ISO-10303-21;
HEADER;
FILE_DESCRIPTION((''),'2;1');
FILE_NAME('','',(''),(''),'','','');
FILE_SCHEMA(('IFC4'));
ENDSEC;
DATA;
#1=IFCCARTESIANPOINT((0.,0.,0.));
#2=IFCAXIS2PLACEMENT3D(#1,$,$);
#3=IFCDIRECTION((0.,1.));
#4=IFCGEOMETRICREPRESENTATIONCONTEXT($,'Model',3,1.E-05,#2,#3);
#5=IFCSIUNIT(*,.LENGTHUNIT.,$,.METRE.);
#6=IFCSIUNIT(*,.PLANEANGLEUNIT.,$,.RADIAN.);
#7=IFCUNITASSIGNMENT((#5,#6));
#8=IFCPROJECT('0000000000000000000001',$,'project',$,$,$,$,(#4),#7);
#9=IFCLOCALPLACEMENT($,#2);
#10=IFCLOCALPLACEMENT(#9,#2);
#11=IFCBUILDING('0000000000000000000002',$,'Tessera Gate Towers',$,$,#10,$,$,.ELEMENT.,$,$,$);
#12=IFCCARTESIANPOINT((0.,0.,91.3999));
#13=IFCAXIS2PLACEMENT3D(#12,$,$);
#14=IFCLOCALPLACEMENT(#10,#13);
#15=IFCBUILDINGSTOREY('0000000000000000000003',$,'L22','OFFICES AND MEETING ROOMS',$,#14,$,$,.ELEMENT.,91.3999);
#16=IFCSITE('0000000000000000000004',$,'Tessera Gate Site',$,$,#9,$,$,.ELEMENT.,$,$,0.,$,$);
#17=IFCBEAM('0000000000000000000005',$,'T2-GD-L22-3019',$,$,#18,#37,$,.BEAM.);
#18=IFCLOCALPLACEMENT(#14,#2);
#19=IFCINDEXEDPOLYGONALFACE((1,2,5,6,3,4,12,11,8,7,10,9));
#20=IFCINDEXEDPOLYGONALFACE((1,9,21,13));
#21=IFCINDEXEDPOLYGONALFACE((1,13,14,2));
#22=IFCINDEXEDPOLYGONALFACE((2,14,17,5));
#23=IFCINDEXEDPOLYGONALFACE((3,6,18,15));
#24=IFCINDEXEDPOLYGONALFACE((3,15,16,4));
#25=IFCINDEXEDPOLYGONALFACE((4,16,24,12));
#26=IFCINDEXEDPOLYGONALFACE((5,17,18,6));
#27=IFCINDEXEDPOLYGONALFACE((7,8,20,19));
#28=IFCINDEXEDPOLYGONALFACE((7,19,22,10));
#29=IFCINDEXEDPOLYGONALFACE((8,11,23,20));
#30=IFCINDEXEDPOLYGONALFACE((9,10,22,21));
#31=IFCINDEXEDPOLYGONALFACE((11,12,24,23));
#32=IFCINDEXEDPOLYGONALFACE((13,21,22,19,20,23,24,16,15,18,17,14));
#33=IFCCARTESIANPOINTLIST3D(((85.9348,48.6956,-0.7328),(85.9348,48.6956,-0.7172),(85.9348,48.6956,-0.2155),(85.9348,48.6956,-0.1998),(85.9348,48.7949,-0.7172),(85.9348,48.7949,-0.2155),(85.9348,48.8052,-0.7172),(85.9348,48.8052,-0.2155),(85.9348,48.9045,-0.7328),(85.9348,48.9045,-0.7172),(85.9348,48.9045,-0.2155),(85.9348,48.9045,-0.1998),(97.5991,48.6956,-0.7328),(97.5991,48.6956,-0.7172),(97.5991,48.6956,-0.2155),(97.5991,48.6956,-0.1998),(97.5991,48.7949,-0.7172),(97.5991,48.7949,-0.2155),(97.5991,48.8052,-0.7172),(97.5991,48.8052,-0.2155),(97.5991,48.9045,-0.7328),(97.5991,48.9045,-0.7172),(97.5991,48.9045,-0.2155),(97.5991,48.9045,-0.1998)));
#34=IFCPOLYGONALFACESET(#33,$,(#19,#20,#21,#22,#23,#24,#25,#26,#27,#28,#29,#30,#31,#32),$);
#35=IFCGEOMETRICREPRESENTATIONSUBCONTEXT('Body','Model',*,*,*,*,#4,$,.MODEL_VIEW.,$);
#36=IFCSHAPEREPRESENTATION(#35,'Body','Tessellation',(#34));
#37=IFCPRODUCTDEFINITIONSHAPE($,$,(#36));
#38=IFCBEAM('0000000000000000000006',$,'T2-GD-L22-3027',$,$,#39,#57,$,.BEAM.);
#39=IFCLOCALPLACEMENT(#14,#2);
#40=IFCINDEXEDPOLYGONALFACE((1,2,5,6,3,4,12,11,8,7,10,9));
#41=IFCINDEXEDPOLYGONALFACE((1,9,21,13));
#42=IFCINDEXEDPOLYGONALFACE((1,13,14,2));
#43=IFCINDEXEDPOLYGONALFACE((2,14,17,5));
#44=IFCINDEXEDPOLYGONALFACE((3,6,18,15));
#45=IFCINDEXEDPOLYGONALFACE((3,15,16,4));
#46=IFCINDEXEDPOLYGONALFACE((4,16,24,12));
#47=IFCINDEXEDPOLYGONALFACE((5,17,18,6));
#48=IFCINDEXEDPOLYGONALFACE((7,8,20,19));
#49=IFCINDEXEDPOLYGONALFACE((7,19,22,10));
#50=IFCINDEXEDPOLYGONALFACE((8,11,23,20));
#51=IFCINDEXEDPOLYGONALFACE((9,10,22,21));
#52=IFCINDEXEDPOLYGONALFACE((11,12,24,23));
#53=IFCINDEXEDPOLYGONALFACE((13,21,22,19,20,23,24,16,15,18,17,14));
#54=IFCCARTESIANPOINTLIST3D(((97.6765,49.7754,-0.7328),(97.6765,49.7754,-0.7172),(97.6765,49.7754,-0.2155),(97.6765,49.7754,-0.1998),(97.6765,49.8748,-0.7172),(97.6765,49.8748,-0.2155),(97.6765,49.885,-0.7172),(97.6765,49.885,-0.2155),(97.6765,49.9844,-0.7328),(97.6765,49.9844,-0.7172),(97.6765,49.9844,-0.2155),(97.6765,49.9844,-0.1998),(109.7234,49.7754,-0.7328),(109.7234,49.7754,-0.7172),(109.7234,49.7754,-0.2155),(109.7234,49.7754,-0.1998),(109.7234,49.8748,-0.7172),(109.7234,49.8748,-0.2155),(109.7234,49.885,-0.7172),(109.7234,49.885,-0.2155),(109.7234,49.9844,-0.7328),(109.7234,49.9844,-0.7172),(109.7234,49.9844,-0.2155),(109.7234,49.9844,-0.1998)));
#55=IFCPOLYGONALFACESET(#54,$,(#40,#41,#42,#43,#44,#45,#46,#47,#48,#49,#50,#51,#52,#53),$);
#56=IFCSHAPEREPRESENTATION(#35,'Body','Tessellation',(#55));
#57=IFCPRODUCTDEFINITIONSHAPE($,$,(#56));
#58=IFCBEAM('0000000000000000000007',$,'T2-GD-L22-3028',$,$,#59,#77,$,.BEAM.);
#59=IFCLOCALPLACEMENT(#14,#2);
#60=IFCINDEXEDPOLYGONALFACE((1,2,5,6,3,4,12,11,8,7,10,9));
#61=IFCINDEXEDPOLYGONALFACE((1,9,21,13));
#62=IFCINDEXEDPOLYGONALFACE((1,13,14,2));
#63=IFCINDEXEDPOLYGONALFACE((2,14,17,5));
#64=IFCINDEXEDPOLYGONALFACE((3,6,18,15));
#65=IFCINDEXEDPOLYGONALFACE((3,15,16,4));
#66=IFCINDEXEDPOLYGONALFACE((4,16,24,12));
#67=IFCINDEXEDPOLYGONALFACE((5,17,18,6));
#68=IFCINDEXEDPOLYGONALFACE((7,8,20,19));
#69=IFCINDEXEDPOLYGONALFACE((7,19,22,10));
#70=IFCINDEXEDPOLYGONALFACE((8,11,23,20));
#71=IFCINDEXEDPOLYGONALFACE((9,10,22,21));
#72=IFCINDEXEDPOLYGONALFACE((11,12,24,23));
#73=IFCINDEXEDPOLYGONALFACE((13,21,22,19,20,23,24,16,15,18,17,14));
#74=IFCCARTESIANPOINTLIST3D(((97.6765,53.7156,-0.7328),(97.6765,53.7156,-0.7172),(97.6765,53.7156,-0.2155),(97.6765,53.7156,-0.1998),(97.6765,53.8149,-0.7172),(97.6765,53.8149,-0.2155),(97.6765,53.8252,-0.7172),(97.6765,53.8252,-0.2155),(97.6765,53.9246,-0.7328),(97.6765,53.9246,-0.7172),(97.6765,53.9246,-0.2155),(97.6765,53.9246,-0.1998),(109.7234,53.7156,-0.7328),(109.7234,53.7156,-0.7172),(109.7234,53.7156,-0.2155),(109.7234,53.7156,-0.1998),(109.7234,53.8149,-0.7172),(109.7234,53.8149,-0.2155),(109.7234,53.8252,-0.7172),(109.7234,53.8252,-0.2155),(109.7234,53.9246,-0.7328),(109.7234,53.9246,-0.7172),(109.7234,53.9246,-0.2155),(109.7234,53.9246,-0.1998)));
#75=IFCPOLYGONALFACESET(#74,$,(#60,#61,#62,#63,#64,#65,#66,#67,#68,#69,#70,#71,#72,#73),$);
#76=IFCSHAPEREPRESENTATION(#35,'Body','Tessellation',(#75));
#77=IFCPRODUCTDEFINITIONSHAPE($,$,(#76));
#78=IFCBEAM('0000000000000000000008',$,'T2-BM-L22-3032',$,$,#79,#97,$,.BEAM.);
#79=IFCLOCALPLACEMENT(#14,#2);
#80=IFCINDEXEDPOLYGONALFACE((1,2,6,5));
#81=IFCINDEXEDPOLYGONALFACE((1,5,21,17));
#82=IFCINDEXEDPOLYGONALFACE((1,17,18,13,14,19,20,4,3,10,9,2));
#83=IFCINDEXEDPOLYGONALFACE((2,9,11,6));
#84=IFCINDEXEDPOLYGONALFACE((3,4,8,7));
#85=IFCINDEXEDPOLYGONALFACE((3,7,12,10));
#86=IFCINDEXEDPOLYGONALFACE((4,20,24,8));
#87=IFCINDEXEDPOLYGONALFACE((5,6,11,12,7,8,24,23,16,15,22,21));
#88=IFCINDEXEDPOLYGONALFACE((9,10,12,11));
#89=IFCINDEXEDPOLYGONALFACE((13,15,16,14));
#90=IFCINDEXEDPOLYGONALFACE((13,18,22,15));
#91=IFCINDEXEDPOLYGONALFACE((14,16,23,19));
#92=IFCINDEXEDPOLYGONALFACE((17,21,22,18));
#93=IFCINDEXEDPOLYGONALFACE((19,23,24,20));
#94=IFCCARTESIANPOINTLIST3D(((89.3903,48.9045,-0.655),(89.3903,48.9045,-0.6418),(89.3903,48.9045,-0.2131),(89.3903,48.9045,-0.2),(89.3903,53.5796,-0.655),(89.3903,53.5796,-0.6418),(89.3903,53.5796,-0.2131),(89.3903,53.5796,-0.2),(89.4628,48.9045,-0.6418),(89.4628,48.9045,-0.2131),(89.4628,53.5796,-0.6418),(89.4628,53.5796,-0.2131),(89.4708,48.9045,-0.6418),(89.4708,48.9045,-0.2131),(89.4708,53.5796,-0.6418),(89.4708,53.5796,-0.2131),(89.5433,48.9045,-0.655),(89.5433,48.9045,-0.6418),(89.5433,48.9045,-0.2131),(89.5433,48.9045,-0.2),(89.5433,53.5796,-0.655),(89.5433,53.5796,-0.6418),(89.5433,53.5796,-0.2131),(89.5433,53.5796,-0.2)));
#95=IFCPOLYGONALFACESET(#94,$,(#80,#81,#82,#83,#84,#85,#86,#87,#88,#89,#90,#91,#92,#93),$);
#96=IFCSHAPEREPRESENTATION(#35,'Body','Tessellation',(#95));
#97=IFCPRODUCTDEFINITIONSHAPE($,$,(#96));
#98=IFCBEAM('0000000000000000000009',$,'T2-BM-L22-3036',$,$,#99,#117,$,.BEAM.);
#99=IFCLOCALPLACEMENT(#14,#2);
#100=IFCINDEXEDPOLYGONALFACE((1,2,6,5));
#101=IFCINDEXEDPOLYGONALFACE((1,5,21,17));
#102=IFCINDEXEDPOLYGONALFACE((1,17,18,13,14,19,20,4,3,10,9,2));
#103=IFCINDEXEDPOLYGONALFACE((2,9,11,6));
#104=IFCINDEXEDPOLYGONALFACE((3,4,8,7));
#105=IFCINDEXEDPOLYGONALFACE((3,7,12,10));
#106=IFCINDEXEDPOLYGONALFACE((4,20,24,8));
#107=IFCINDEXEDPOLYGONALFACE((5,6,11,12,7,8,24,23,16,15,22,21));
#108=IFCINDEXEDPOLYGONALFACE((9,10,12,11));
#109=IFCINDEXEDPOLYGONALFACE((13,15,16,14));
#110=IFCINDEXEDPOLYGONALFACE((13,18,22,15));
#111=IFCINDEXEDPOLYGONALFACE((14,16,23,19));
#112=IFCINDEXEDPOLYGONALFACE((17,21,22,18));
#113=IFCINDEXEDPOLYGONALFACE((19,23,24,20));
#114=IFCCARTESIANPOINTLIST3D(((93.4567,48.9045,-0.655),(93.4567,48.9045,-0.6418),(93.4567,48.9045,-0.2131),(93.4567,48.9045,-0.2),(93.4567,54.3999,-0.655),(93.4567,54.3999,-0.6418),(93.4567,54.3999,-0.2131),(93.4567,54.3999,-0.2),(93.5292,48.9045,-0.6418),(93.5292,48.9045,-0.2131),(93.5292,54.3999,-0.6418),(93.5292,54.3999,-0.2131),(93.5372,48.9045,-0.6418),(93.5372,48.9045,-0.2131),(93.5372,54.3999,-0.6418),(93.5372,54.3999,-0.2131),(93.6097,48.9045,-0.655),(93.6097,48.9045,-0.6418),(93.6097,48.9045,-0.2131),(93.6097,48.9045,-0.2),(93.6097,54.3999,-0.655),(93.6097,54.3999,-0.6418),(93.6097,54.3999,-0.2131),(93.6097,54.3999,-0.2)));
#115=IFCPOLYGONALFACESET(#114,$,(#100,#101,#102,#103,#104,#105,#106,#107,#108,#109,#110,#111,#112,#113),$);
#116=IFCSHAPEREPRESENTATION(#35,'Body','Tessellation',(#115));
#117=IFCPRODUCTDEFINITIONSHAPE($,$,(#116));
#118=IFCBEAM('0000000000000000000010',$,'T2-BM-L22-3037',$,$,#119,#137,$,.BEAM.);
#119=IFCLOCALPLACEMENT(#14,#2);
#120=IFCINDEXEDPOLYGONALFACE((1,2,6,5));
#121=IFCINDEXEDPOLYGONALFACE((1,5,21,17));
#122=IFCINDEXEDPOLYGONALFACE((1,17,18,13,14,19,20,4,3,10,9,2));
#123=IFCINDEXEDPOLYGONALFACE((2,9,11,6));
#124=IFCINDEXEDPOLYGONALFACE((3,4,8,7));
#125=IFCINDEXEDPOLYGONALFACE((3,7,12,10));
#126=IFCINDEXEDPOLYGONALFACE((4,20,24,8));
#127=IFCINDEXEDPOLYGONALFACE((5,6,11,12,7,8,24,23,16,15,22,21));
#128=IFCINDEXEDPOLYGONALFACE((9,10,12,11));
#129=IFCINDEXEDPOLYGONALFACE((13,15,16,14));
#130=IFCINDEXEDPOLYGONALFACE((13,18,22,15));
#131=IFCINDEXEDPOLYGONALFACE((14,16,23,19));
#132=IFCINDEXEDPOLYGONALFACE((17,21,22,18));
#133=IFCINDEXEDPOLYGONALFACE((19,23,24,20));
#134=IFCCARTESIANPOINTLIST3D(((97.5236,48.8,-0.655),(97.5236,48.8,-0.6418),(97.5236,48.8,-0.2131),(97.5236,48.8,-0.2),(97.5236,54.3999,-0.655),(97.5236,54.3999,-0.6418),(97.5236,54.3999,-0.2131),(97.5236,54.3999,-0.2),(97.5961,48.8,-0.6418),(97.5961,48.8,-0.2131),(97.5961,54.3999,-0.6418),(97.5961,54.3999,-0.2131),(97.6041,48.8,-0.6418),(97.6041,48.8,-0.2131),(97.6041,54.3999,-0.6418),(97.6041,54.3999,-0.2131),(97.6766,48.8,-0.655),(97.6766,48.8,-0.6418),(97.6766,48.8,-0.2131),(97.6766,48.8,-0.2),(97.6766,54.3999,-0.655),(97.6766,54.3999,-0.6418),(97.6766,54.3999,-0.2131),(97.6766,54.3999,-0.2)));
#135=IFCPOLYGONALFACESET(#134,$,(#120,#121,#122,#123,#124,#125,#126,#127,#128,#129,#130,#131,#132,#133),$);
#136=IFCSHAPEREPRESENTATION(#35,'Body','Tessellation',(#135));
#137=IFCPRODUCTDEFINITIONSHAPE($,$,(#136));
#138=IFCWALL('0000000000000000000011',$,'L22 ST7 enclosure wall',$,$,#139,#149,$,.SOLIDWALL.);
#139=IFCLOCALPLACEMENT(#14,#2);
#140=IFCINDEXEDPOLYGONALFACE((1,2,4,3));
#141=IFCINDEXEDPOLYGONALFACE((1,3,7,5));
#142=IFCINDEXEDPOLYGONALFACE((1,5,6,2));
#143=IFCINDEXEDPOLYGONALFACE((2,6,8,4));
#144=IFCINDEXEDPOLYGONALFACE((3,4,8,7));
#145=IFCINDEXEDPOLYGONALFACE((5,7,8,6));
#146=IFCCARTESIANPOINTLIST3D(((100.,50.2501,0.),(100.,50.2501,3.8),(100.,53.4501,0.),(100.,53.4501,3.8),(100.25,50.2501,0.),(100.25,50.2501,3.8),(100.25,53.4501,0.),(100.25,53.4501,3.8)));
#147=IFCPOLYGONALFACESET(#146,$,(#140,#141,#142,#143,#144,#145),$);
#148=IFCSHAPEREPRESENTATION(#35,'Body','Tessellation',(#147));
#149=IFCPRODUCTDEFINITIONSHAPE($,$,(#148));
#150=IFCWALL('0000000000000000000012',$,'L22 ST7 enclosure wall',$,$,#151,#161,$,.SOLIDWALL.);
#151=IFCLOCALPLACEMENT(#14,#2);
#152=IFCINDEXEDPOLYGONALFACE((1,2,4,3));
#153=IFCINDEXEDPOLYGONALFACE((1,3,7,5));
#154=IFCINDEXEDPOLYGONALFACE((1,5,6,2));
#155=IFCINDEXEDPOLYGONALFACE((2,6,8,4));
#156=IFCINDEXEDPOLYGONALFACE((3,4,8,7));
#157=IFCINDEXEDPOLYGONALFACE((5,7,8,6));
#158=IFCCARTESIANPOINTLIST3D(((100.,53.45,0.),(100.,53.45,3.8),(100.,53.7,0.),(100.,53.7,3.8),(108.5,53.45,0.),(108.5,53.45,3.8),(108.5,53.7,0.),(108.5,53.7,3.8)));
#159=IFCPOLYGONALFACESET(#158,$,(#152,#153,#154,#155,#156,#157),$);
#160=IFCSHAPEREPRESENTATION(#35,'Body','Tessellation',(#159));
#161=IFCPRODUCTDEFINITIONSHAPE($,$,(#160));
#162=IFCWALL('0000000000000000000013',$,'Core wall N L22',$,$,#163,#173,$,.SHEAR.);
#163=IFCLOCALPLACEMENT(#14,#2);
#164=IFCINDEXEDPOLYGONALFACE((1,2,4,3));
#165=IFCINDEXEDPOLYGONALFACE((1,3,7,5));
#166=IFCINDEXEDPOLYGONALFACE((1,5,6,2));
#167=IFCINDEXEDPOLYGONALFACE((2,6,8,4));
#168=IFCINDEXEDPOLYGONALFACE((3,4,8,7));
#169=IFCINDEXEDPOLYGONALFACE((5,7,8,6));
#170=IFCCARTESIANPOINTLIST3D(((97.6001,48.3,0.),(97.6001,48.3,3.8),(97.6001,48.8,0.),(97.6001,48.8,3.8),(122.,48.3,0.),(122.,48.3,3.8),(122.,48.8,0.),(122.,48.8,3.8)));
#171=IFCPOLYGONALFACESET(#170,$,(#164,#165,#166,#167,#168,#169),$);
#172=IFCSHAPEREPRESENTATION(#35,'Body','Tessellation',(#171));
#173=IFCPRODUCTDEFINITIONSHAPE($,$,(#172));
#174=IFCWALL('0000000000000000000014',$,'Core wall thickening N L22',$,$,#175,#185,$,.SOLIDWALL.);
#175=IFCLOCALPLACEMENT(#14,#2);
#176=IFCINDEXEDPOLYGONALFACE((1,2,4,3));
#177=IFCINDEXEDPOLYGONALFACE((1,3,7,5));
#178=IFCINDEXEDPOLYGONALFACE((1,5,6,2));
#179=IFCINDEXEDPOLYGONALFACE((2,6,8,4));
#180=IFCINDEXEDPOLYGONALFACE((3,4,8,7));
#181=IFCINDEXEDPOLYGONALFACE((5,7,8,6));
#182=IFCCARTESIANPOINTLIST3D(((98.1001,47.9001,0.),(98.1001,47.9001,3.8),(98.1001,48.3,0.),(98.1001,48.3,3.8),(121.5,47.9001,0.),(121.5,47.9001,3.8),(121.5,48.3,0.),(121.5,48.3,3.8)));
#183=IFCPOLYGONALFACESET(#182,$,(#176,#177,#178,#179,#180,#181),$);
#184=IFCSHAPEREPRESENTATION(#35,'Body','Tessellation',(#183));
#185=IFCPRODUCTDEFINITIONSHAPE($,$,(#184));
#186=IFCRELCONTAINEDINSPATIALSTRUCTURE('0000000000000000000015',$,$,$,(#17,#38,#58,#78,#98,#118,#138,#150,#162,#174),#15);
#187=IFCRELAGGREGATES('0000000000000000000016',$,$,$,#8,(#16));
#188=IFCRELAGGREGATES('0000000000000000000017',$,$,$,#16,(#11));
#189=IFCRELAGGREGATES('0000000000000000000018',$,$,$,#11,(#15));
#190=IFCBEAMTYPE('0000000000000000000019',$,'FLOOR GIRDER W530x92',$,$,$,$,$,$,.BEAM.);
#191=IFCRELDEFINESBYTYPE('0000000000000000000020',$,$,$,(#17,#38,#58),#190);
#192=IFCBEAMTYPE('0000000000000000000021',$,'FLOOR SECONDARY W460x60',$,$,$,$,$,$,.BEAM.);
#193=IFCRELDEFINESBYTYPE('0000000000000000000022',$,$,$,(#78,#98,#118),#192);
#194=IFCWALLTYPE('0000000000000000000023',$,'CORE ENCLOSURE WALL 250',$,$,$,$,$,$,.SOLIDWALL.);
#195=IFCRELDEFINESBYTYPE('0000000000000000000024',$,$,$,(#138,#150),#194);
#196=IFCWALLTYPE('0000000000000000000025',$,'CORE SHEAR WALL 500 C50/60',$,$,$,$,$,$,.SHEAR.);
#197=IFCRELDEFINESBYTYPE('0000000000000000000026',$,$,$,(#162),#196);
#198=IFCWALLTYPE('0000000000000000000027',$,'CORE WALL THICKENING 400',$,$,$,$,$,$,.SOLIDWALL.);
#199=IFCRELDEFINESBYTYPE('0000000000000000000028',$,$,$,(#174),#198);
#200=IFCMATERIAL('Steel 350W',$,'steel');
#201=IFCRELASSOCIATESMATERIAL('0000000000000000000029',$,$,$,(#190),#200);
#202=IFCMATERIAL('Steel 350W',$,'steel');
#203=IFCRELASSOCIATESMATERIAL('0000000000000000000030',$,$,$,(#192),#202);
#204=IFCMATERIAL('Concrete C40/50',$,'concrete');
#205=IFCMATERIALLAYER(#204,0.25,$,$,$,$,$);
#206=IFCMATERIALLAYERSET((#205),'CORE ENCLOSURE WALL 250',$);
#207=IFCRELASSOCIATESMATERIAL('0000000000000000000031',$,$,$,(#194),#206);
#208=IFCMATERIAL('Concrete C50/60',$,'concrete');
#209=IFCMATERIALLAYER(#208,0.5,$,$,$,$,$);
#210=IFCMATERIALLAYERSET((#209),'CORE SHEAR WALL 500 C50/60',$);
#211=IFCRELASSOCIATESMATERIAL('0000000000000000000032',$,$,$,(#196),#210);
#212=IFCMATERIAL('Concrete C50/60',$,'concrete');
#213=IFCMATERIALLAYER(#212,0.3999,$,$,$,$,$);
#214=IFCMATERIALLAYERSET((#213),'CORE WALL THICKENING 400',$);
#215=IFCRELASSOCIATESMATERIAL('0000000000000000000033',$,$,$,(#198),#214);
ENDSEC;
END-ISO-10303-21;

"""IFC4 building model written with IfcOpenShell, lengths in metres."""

from ifc_helpers import new_model, si_unit, direction, frame, frame_2d, origin, origin_2d, place, context, subcontext, project, spatial, rectangle, i_section, extrude, material, layer, layer_set, material_profile, profile_set, type_object, element, save


model = new_model("IFC4")

# Units and contexts
model_context = context("Model", 3, precision=1e-05, world=origin(), true_north=direction((0.0, 1.0)))
body_context = subcontext(model_context, "Body", "Model", "MODEL_VIEW")
ifc_project = project(units=[si_unit("LENGTHUNIT", "METRE"), si_unit("PLANEANGLEUNIT", "RADIAN")], contexts=[model_context])

# Site, building, storey
site_placement = place(None, origin())
site = spatial("IfcSite", under=ifc_project, at=site_placement, Name="Tessera Gate Site", CompositionType="ELEMENT", RefElevation=0.0)
building_placement = place(site_placement, origin())
building = spatial("IfcBuilding", under=site, at=building_placement, Name="Tessera Gate Towers", CompositionType="ELEMENT")
storey_placement = place(building_placement, frame((0.0, 0.0, 91.3999)))
storey = spatial("IfcBuildingStorey", under=building, at=storey_placement, Name="L22", Description="OFFICES AND MEETING ROOMS", CompositionType="ELEMENT", Elevation=91.3999)

# Beams
ifc_material_1 = material(Name="Steel 350W", Category="steel")
ifc_material_profile_1 = material_profile(ifc_material_1, i_section(OverallWidth=0.209, OverallDepth=0.533, WebThickness=0.0103, FlangeThickness=0.0156, at=origin_2d()), Name="W530x92")
ifc_profile_set_1 = profile_set([ifc_material_profile_1], Name="Steel 350W")
beam_type_1 = type_object("IfcBeamType", Name="FLOOR GIRDER W530x92", PredefinedType="BEAM", material=ifc_profile_set_1)
beam_1_placement = place(storey_placement, frame((85.9348, 48.8, -0.4663), z_axis=(1.0, 0.0, 0.0), x_axis=(0.0, 1.0, 0.0)))
element("IfcBeam", 1, at=beam_1_placement, inside=storey, type_object=beam_type_1, Name="T2-GD-L22-3019", PredefinedType="BEAM", context=body_context, shape_type="SweptSolid", body=[
    extrude(i_section(OverallWidth=0.209, OverallDepth=0.533, WebThickness=0.0103, FlangeThickness=0.0156, at=origin_2d()), origin(), (0.0, 0.0, 1.0), 11.6643),
])
for number, where, z_axis, x_axis, name in (
    (2, (97.6765, 49.8799, -0.4663), (1.0, 0.0, 0.0), (0.0, 1.0, 0.0), "T2-GD-L22-3027"),
    (3, (97.6765, 53.8201, -0.4663), (1.0, 0.0, 0.0), (0.0, 1.0, 0.0), "T2-GD-L22-3028"),
):
    element("IfcBeam", number, at=place(storey_placement, frame(where, z_axis=z_axis, x_axis=x_axis)), inside=storey, type_object=beam_type_1, Name=name, PredefinedType="BEAM", context=body_context, shape_type="SweptSolid", body=[
        extrude(i_section(OverallWidth=0.209, OverallDepth=0.533, WebThickness=0.0103, FlangeThickness=0.0156, at=origin_2d()), origin(), (0.0, 0.0, 1.0), 12.0469),
    ])
ifc_material_2 = material(Name="Steel 350W", Category="steel")
ifc_material_profile_2 = material_profile(ifc_material_2, i_section(OverallWidth=0.1531, OverallDepth=0.4551, WebThickness=0.0081, FlangeThickness=0.0132, at=origin_2d()), Name="W460x60")
ifc_profile_set_2 = profile_set([ifc_material_profile_2], Name="Steel 350W")
beam_type_2 = type_object("IfcBeamType", Name="FLOOR SECONDARY W460x60", PredefinedType="BEAM", material=ifc_profile_set_2)
beam_2_placement = place(storey_placement, frame((89.4668, 48.9045, -0.4275), z_axis=(0.0, 1.0, 0.0), x_axis=(-1.0, 0.0, 0.0)))
element("IfcBeam", 4, at=beam_2_placement, inside=storey, type_object=beam_type_2, Name="T2-BM-L22-3032", PredefinedType="BEAM", context=body_context, shape_type="SweptSolid", body=[
    extrude(i_section(OverallWidth=0.1531, OverallDepth=0.4551, WebThickness=0.0081, FlangeThickness=0.0132, at=origin_2d()), origin(), (0.0, 0.0, 1.0), 4.675),
])
beam_3_placement = place(storey_placement, frame((93.5332, 48.9045, -0.4275), z_axis=(0.0, 1.0, 0.0), x_axis=(-1.0, 0.0, 0.0)))
element("IfcBeam", 5, at=beam_3_placement, inside=storey, type_object=beam_type_2, Name="T2-BM-L22-3036", PredefinedType="BEAM", context=body_context, shape_type="SweptSolid", body=[
    extrude(i_section(OverallWidth=0.1531, OverallDepth=0.4551, WebThickness=0.0081, FlangeThickness=0.0132, at=origin_2d()), origin(), (0.0, 0.0, 1.0), 5.4954),
])
beam_4_placement = place(storey_placement, frame((97.6001, 48.8, -0.4275), z_axis=(0.0, 1.0, 0.0), x_axis=(-1.0, 0.0, 0.0)))
element("IfcBeam", 6, at=beam_4_placement, inside=storey, type_object=beam_type_2, Name="T2-BM-L22-3037", PredefinedType="BEAM", context=body_context, shape_type="SweptSolid", body=[
    extrude(i_section(OverallWidth=0.1531, OverallDepth=0.4551, WebThickness=0.0081, FlangeThickness=0.0132, at=origin_2d()), origin(), (0.0, 0.0, 1.0), 5.5999),
])

# Walls
ifc_material_3 = material(Name="Concrete C40/50", Category="concrete")
ifc_layer_1 = layer(ifc_material_3, 0.25)
ifc_layer_set_1 = layer_set([ifc_layer_1], Name="CORE ENCLOSURE WALL 250")
wall_type_1 = type_object("IfcWallType", Name="CORE ENCLOSURE WALL 250", PredefinedType="SOLIDWALL", material=ifc_layer_set_1)
wall_1_placement = place(storey_placement, frame((100.125, 50.25, 0.0), z_axis=(0.0, 0.0, 1.0), x_axis=(0.0, 1.0, 0.0)))
element("IfcWall", 7, at=wall_1_placement, inside=storey, type_object=wall_type_1, Name="L22 ST7 enclosure wall", PredefinedType="SOLIDWALL", context=body_context, shape_type="SweptSolid", body=[
    extrude(rectangle(XDim=3.2, YDim=0.25, at=frame_2d((1.6001, 0.0))), origin(), (0.0, 0.0, 1.0), 3.8),
])
wall_2_placement = place(storey_placement, frame((100.0, 53.575, 0.0), z_axis=(0.0, 0.0, 1.0), x_axis=(1.0, 0.0, 0.0)))
element("IfcWall", 8, at=wall_2_placement, inside=storey, type_object=wall_type_1, Name="L22 ST7 enclosure wall", PredefinedType="SOLIDWALL", context=body_context, shape_type="SweptSolid", body=[
    extrude(rectangle(XDim=8.5, YDim=0.25, at=frame_2d((4.25, 0.0))), origin(), (0.0, 0.0, 1.0), 3.8),
])
ifc_material_4 = material(Name="Concrete C50/60", Category="concrete")
ifc_layer_2 = layer(ifc_material_4, 0.5)
ifc_layer_set_2 = layer_set([ifc_layer_2], Name="CORE SHEAR WALL 500 C50/60")
wall_type_2 = type_object("IfcWallType", Name="CORE SHEAR WALL 500 C50/60", PredefinedType="SHEAR", material=ifc_layer_set_2)
wall_3_placement = place(storey_placement, frame((97.6001, 48.55, 0.0), z_axis=(0.0, 0.0, 1.0), x_axis=(1.0, 0.0, 0.0)))
element("IfcWall", 9, at=wall_3_placement, inside=storey, type_object=wall_type_2, Name="Core wall N L22", PredefinedType="SHEAR", context=body_context, shape_type="SweptSolid", body=[
    extrude(rectangle(XDim=24.3999, YDim=0.5, at=frame_2d((12.2, 0.0))), origin(), (0.0, 0.0, 1.0), 3.8),
])
ifc_material_5 = material(Name="Concrete C50/60", Category="concrete")
ifc_layer_3 = layer(ifc_material_5, 0.3999)
ifc_layer_set_3 = layer_set([ifc_layer_3], Name="CORE WALL THICKENING 400")
wall_type_3 = type_object("IfcWallType", Name="CORE WALL THICKENING 400", PredefinedType="SOLIDWALL", material=ifc_layer_set_3)
wall_4_placement = place(storey_placement, frame((98.1001, 48.1001, 0.0), z_axis=(0.0, 0.0, 1.0), x_axis=(1.0, 0.0, 0.0)))
element("IfcWall", 10, at=wall_4_placement, inside=storey, type_object=wall_type_3, Name="Core wall thickening N L22", PredefinedType="SOLIDWALL", context=body_context, shape_type="SweptSolid", body=[
    extrude(rectangle(XDim=23.3999, YDim=0.3999, at=frame_2d((11.7, 0.0))), origin(), (0.0, 0.0, 1.0), 3.8),
])

save(model, "model.ifc")
